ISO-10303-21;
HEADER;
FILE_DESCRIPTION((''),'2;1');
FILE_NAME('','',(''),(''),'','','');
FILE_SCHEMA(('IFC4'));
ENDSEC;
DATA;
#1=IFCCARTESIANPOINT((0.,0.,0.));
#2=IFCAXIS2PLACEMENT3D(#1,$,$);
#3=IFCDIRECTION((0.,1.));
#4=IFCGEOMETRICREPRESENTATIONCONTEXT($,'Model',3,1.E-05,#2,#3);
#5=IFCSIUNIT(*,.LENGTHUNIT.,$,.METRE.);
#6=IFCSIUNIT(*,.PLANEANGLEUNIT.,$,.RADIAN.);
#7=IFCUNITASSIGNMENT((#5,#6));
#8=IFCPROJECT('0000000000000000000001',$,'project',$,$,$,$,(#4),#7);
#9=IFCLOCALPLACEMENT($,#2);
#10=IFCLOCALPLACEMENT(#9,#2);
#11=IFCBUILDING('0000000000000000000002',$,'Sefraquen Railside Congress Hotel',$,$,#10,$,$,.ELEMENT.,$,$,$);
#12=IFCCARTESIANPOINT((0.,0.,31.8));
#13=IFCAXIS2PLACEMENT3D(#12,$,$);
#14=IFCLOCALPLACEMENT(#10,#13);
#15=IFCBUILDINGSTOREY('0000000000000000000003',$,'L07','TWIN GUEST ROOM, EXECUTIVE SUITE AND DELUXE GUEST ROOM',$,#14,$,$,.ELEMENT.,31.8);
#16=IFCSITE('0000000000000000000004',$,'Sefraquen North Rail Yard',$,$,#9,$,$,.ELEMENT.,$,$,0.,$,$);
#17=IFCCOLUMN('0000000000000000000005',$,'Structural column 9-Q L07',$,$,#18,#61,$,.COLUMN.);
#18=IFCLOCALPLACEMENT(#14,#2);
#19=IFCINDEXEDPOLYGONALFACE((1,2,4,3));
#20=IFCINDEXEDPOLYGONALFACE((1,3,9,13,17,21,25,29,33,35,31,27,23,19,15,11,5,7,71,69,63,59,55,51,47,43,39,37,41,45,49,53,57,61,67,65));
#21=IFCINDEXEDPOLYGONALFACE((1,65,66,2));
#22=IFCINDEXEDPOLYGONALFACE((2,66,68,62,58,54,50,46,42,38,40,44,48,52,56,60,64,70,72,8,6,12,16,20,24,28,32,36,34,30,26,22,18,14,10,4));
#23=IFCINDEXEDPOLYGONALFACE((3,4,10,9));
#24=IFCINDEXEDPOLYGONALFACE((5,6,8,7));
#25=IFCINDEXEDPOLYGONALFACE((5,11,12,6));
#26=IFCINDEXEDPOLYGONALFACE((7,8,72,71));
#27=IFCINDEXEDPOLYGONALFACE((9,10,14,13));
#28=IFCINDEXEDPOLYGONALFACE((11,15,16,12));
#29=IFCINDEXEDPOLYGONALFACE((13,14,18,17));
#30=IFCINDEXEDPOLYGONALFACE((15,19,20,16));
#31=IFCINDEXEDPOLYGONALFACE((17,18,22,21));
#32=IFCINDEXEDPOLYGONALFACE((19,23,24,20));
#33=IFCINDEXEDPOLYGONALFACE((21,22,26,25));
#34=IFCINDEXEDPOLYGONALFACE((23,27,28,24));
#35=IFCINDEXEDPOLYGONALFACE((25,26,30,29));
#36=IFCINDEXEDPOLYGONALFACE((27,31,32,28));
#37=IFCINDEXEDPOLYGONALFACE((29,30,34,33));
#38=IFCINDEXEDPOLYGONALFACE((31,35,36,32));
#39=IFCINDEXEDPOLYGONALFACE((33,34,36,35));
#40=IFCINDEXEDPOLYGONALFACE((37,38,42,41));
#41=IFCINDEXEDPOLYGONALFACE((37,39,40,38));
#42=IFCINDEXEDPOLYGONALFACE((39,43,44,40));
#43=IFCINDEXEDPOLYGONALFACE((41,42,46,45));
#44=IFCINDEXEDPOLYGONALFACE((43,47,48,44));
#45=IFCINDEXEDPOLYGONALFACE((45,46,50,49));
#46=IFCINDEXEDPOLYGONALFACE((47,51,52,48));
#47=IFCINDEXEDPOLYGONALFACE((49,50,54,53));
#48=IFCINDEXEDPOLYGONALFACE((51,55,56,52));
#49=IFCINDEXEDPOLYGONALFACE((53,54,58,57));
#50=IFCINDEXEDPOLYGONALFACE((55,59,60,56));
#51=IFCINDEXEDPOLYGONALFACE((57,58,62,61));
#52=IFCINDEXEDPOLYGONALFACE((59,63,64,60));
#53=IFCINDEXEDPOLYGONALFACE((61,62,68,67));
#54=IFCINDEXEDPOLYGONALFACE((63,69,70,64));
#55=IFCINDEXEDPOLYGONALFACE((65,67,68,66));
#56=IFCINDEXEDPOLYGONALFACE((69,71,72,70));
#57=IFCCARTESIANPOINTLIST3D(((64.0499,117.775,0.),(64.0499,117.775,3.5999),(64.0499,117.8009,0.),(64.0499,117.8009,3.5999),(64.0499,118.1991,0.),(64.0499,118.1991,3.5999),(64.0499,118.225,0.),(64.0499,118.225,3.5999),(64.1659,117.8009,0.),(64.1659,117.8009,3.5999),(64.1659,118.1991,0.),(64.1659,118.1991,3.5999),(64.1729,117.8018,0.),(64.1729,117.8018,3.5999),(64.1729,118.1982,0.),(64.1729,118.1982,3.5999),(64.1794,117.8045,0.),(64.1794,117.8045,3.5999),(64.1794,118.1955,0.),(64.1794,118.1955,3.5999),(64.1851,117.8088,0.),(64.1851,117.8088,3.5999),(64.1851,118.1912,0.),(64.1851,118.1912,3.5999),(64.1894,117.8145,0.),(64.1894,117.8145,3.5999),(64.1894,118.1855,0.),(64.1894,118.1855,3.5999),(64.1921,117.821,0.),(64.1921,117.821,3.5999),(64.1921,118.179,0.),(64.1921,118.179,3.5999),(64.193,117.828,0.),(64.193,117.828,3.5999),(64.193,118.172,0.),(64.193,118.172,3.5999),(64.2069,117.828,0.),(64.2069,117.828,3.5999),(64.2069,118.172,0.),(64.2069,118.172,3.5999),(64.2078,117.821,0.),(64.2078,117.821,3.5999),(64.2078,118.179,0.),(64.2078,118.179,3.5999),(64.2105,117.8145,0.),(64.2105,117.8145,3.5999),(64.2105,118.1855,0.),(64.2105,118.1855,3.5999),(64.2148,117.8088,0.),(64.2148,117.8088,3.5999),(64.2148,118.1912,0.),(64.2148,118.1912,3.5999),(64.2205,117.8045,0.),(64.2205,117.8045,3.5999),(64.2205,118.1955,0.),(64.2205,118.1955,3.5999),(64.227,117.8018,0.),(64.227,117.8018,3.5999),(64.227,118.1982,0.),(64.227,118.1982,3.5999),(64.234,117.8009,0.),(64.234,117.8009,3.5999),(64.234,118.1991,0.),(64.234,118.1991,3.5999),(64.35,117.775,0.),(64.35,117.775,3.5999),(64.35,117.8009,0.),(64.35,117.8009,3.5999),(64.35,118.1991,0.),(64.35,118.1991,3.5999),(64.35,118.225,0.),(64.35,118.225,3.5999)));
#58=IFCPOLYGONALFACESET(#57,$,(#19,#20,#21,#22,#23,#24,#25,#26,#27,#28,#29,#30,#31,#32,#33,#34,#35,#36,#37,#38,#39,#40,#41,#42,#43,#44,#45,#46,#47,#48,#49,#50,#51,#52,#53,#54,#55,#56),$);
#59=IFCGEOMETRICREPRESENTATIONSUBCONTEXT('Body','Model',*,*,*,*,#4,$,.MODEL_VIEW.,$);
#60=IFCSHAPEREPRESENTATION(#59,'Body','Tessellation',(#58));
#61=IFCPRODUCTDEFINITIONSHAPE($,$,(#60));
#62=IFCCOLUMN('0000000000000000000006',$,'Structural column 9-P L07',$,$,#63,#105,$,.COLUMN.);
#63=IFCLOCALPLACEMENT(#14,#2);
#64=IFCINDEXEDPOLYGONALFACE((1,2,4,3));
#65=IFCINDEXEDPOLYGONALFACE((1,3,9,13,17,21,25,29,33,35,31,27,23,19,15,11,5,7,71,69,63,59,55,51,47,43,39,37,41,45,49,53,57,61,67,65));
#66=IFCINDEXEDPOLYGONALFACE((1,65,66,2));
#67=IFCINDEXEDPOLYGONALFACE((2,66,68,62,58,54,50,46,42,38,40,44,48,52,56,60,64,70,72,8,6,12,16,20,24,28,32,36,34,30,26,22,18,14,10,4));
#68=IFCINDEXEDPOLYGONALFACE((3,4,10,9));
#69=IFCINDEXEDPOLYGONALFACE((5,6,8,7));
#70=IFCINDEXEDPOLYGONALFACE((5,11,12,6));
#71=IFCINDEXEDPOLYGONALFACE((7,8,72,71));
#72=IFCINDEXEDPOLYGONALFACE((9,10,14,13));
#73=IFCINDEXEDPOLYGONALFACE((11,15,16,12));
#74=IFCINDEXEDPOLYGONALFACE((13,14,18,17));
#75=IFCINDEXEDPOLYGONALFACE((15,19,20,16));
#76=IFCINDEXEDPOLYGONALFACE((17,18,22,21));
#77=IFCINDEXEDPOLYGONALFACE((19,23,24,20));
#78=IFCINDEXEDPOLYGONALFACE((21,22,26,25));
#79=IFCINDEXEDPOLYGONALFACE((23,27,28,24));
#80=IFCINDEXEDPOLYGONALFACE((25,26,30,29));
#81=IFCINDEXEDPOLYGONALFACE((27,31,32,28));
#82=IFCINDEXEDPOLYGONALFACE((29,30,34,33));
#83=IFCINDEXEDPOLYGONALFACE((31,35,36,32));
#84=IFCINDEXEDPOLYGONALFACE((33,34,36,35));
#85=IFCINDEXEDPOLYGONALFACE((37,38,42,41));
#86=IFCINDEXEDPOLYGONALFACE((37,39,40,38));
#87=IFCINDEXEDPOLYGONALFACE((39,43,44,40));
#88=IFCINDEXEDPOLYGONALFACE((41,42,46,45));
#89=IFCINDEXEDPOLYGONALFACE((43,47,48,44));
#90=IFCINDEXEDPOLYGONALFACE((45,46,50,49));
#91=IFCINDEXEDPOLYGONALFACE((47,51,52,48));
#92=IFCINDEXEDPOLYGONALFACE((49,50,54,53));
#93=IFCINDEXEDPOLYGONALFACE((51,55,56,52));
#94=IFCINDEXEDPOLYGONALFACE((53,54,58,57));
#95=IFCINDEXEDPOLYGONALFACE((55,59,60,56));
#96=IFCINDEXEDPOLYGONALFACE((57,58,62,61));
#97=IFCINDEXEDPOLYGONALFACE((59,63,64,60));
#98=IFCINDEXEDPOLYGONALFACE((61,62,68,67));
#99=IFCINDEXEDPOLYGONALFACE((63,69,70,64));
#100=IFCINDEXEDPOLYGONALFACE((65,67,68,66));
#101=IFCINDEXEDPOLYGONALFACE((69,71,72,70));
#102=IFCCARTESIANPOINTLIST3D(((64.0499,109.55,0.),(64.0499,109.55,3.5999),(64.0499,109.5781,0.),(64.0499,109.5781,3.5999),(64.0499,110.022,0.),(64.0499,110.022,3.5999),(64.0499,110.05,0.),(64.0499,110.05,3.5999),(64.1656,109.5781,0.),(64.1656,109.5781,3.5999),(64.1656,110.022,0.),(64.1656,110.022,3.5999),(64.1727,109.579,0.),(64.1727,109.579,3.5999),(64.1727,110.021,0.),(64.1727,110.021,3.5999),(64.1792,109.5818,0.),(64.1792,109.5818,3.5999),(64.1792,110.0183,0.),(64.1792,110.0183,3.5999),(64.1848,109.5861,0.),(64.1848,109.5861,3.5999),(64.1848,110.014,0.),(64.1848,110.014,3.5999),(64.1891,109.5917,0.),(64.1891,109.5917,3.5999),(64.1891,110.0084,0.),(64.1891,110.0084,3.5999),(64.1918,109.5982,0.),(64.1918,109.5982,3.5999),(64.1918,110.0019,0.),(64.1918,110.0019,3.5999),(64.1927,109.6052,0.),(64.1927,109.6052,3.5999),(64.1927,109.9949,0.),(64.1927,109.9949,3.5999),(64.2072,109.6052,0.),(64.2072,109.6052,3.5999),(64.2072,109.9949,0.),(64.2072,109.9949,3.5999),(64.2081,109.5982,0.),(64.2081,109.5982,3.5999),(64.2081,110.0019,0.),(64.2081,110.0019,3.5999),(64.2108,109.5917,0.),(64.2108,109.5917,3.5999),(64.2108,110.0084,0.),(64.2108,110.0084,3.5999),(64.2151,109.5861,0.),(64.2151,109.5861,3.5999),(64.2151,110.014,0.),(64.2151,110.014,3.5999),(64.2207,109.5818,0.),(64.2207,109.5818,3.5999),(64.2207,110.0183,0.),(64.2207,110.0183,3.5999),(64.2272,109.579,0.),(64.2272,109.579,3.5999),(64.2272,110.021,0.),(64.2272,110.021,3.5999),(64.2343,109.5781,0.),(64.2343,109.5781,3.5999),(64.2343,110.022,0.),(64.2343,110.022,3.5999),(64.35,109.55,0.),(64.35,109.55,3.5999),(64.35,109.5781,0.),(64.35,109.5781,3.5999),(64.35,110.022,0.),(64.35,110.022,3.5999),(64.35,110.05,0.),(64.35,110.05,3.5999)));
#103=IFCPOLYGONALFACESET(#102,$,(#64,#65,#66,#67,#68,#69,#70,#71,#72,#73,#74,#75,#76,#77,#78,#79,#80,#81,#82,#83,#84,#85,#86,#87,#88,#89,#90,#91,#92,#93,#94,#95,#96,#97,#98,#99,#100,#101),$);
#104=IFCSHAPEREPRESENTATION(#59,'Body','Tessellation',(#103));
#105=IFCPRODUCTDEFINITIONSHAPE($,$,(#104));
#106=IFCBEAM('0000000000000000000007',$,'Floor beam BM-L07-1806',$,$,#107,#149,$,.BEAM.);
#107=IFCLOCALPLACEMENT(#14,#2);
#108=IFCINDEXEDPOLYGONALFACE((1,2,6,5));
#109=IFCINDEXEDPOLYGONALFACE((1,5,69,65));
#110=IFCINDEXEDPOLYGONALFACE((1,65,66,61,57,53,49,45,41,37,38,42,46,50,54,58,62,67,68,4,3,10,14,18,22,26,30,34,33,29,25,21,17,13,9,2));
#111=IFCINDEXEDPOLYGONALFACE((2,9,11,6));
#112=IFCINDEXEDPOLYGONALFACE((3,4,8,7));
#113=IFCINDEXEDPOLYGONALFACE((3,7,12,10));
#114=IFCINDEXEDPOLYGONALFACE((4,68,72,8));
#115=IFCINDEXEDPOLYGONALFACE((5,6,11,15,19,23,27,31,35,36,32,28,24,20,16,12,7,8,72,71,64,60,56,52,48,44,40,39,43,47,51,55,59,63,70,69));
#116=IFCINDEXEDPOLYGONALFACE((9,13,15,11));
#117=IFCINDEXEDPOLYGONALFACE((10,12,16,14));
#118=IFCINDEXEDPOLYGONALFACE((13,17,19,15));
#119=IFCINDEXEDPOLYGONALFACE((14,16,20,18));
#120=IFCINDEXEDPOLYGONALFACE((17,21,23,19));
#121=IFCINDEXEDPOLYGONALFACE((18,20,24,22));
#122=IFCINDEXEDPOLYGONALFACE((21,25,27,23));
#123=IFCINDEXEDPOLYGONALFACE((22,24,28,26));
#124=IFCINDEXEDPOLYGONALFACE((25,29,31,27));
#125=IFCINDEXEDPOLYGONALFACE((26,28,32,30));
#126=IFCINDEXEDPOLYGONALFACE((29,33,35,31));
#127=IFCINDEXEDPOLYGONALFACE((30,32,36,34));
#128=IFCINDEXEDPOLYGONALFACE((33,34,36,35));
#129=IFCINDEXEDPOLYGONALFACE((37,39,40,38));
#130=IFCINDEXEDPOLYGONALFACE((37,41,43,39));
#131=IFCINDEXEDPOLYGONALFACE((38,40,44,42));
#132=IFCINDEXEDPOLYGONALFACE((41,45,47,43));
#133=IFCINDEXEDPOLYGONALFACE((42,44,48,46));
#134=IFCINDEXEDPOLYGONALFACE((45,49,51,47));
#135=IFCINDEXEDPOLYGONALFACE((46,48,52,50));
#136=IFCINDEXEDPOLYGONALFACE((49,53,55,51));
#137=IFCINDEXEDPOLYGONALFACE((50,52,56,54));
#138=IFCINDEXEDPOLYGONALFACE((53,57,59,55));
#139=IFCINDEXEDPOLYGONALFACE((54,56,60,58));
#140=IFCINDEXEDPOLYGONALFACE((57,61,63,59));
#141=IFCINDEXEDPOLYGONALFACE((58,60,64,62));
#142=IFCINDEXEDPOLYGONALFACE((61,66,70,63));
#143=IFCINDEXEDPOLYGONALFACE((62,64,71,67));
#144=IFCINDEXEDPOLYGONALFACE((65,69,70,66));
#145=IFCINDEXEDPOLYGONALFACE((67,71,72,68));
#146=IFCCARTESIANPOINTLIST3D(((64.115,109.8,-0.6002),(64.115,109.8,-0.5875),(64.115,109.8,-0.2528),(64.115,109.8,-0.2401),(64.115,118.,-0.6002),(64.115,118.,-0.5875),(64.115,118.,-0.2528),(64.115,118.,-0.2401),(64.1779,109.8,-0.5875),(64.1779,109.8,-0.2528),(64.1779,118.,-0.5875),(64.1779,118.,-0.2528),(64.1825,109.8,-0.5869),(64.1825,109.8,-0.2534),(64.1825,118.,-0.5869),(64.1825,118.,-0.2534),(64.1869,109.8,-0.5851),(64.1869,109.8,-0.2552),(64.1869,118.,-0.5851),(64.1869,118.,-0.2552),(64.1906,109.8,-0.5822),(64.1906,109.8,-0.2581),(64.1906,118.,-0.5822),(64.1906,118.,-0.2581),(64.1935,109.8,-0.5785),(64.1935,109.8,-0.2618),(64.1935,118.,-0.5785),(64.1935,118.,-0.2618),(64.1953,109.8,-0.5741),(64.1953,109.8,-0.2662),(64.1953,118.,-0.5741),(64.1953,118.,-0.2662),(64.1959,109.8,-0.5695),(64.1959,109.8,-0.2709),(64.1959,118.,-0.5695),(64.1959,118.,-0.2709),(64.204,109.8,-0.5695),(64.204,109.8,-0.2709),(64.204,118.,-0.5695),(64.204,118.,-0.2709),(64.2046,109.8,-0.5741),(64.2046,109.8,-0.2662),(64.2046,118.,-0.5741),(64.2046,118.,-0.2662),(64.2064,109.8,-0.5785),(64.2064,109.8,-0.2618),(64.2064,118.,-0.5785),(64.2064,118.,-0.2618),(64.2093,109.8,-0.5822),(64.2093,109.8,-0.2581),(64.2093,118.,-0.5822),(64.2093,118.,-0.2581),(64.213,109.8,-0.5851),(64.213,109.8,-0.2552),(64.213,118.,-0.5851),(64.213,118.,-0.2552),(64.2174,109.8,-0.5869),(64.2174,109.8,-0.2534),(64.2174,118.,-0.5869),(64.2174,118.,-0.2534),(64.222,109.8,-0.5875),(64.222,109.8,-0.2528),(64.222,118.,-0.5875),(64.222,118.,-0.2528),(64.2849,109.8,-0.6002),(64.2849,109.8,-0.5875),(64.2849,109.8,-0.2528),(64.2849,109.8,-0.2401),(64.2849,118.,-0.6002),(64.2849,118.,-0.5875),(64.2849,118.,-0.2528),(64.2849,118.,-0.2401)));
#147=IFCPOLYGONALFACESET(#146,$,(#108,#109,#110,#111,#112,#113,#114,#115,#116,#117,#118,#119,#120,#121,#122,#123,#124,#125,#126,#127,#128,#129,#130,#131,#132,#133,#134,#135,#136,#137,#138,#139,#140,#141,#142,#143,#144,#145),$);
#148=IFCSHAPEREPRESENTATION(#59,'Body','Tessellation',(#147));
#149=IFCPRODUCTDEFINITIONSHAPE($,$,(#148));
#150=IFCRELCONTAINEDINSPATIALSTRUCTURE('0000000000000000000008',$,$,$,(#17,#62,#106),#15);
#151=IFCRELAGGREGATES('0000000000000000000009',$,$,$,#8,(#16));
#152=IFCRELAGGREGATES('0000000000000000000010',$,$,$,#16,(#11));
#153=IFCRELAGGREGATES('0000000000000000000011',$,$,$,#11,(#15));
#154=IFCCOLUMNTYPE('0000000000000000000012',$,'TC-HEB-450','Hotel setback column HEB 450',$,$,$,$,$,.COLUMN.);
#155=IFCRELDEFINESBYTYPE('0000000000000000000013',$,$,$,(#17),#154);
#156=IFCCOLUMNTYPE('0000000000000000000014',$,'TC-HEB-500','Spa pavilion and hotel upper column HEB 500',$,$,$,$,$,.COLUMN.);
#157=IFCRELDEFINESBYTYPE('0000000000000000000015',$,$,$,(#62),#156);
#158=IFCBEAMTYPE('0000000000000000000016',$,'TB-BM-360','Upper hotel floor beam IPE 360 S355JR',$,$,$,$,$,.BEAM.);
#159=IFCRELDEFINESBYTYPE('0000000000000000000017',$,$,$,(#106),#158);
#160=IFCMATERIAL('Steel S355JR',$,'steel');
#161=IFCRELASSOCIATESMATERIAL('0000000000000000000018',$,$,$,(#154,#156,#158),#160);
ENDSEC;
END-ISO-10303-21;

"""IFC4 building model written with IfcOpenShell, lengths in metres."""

from ifc_helpers import new_model, si_unit, direction, frame, origin, origin_2d, place, context, subcontext, project, spatial, i_section, extrude, material, material_profile, profile_set, type_object, element, save


model = new_model("IFC4")

# Units and contexts
model_context = context("Model", 3, precision=1e-05, world=origin(), true_north=direction((0.0, 1.0)))
body_context = subcontext(model_context, "Body", "Model", "MODEL_VIEW")
ifc_project = project(units=[si_unit("LENGTHUNIT", "METRE"), si_unit("PLANEANGLEUNIT", "RADIAN")], contexts=[model_context])

# Site, building, storey
site_placement = place(None, origin())
site = spatial("IfcSite", under=ifc_project, at=site_placement, Name="Sefraquen North Rail Yard", CompositionType="ELEMENT", RefElevation=0.0)
building_placement = place(site_placement, origin())
building = spatial("IfcBuilding", under=site, at=building_placement, Name="Sefraquen Railside Congress Hotel", CompositionType="ELEMENT")
storey_placement = place(building_placement, frame((0.0, 0.0, 31.8)))
storey = spatial("IfcBuildingStorey", under=building, at=storey_placement, Name="L07", Description="TWIN GUEST ROOM, EXECUTIVE SUITE AND DELUXE GUEST ROOM", CompositionType="ELEMENT", Elevation=31.8)

# Columns
ifc_material_1 = material(Name="Steel S355JR", Category="steel")
ifc_material_profile_1 = material_profile(ifc_material_1, i_section(OverallWidth=0.3, OverallDepth=0.45, WebThickness=0.0139, FlangeThickness=0.0259, FilletRadius=0.0271, at=origin_2d()), Name="HEB 450")
ifc_profile_set_1 = profile_set([ifc_material_profile_1], Name="Steel S355JR")
column_type_1 = type_object("IfcColumnType", Name="TC-HEB-450", Description="Hotel setback column HEB 450", PredefinedType="COLUMN", material=ifc_profile_set_1)
column_1_placement = place(storey_placement, frame((64.2, 118.0, 0.0), z_axis=(0.0, 0.0, 1.0), x_axis=(1.0, 0.0, 0.0)))
element("IfcColumn", 1, at=column_1_placement, inside=storey, type_object=column_type_1, Name="Structural column 9-Q L07", PredefinedType="COLUMN", context=body_context, shape_type="SweptSolid", body=[
    extrude(i_section(OverallWidth=0.3, OverallDepth=0.45, WebThickness=0.0139, FlangeThickness=0.0259, FilletRadius=0.0271, at=origin_2d()), origin(), (0.0, 0.0, 1.0), 3.5999),
])
ifc_material_profile_2 = material_profile(ifc_material_1, i_section(OverallWidth=0.3, OverallDepth=0.5, WebThickness=0.0144, FlangeThickness=0.0281, FilletRadius=0.0271, at=origin_2d()), Name="HEB 500")
ifc_profile_set_2 = profile_set([ifc_material_profile_2], Name="Steel S355JR")
column_type_2 = type_object("IfcColumnType", Name="TC-HEB-500", Description="Spa pavilion and hotel upper column HEB 500", PredefinedType="COLUMN", material=ifc_profile_set_2)
column_2_placement = place(storey_placement, frame((64.2, 109.8, 0.0), z_axis=(0.0, 0.0, 1.0), x_axis=(1.0, 0.0, 0.0)))
element("IfcColumn", 2, at=column_2_placement, inside=storey, type_object=column_type_2, Name="Structural column 9-P L07", PredefinedType="COLUMN", context=body_context, shape_type="SweptSolid", body=[
    extrude(i_section(OverallWidth=0.3, OverallDepth=0.5, WebThickness=0.0144, FlangeThickness=0.0281, FilletRadius=0.0271, at=origin_2d()), origin(), (0.0, 0.0, 1.0), 3.5999),
])

# Beam
ifc_material_profile_3 = material_profile(ifc_material_1, i_section(OverallWidth=0.1699, OverallDepth=0.3601, WebThickness=0.0081, FlangeThickness=0.0127, FilletRadius=0.0181, at=origin_2d()), Name="IPE 360")
ifc_profile_set_3 = profile_set([ifc_material_profile_3], Name="Steel S355JR")
beam_type_1 = type_object("IfcBeamType", Name="TB-BM-360", Description="Upper hotel floor beam IPE 360 S355JR", PredefinedType="BEAM", material=ifc_profile_set_3)
beam_placement = place(storey_placement, frame((64.2, 109.8, -0.4202), z_axis=(0.0, 1.0, 0.0), x_axis=(-1.0, 0.0, 0.0)))
element("IfcBeam", 3, at=beam_placement, inside=storey, type_object=beam_type_1, Name="Floor beam BM-L07-1806", PredefinedType="BEAM", context=body_context, shape_type="SweptSolid", body=[
    extrude(i_section(OverallWidth=0.1699, OverallDepth=0.3601, WebThickness=0.0081, FlangeThickness=0.0127, FilletRadius=0.0181, at=origin_2d()), origin(), (0.0, 0.0, 1.0), 8.2),
])

save(model, "model.ifc")
